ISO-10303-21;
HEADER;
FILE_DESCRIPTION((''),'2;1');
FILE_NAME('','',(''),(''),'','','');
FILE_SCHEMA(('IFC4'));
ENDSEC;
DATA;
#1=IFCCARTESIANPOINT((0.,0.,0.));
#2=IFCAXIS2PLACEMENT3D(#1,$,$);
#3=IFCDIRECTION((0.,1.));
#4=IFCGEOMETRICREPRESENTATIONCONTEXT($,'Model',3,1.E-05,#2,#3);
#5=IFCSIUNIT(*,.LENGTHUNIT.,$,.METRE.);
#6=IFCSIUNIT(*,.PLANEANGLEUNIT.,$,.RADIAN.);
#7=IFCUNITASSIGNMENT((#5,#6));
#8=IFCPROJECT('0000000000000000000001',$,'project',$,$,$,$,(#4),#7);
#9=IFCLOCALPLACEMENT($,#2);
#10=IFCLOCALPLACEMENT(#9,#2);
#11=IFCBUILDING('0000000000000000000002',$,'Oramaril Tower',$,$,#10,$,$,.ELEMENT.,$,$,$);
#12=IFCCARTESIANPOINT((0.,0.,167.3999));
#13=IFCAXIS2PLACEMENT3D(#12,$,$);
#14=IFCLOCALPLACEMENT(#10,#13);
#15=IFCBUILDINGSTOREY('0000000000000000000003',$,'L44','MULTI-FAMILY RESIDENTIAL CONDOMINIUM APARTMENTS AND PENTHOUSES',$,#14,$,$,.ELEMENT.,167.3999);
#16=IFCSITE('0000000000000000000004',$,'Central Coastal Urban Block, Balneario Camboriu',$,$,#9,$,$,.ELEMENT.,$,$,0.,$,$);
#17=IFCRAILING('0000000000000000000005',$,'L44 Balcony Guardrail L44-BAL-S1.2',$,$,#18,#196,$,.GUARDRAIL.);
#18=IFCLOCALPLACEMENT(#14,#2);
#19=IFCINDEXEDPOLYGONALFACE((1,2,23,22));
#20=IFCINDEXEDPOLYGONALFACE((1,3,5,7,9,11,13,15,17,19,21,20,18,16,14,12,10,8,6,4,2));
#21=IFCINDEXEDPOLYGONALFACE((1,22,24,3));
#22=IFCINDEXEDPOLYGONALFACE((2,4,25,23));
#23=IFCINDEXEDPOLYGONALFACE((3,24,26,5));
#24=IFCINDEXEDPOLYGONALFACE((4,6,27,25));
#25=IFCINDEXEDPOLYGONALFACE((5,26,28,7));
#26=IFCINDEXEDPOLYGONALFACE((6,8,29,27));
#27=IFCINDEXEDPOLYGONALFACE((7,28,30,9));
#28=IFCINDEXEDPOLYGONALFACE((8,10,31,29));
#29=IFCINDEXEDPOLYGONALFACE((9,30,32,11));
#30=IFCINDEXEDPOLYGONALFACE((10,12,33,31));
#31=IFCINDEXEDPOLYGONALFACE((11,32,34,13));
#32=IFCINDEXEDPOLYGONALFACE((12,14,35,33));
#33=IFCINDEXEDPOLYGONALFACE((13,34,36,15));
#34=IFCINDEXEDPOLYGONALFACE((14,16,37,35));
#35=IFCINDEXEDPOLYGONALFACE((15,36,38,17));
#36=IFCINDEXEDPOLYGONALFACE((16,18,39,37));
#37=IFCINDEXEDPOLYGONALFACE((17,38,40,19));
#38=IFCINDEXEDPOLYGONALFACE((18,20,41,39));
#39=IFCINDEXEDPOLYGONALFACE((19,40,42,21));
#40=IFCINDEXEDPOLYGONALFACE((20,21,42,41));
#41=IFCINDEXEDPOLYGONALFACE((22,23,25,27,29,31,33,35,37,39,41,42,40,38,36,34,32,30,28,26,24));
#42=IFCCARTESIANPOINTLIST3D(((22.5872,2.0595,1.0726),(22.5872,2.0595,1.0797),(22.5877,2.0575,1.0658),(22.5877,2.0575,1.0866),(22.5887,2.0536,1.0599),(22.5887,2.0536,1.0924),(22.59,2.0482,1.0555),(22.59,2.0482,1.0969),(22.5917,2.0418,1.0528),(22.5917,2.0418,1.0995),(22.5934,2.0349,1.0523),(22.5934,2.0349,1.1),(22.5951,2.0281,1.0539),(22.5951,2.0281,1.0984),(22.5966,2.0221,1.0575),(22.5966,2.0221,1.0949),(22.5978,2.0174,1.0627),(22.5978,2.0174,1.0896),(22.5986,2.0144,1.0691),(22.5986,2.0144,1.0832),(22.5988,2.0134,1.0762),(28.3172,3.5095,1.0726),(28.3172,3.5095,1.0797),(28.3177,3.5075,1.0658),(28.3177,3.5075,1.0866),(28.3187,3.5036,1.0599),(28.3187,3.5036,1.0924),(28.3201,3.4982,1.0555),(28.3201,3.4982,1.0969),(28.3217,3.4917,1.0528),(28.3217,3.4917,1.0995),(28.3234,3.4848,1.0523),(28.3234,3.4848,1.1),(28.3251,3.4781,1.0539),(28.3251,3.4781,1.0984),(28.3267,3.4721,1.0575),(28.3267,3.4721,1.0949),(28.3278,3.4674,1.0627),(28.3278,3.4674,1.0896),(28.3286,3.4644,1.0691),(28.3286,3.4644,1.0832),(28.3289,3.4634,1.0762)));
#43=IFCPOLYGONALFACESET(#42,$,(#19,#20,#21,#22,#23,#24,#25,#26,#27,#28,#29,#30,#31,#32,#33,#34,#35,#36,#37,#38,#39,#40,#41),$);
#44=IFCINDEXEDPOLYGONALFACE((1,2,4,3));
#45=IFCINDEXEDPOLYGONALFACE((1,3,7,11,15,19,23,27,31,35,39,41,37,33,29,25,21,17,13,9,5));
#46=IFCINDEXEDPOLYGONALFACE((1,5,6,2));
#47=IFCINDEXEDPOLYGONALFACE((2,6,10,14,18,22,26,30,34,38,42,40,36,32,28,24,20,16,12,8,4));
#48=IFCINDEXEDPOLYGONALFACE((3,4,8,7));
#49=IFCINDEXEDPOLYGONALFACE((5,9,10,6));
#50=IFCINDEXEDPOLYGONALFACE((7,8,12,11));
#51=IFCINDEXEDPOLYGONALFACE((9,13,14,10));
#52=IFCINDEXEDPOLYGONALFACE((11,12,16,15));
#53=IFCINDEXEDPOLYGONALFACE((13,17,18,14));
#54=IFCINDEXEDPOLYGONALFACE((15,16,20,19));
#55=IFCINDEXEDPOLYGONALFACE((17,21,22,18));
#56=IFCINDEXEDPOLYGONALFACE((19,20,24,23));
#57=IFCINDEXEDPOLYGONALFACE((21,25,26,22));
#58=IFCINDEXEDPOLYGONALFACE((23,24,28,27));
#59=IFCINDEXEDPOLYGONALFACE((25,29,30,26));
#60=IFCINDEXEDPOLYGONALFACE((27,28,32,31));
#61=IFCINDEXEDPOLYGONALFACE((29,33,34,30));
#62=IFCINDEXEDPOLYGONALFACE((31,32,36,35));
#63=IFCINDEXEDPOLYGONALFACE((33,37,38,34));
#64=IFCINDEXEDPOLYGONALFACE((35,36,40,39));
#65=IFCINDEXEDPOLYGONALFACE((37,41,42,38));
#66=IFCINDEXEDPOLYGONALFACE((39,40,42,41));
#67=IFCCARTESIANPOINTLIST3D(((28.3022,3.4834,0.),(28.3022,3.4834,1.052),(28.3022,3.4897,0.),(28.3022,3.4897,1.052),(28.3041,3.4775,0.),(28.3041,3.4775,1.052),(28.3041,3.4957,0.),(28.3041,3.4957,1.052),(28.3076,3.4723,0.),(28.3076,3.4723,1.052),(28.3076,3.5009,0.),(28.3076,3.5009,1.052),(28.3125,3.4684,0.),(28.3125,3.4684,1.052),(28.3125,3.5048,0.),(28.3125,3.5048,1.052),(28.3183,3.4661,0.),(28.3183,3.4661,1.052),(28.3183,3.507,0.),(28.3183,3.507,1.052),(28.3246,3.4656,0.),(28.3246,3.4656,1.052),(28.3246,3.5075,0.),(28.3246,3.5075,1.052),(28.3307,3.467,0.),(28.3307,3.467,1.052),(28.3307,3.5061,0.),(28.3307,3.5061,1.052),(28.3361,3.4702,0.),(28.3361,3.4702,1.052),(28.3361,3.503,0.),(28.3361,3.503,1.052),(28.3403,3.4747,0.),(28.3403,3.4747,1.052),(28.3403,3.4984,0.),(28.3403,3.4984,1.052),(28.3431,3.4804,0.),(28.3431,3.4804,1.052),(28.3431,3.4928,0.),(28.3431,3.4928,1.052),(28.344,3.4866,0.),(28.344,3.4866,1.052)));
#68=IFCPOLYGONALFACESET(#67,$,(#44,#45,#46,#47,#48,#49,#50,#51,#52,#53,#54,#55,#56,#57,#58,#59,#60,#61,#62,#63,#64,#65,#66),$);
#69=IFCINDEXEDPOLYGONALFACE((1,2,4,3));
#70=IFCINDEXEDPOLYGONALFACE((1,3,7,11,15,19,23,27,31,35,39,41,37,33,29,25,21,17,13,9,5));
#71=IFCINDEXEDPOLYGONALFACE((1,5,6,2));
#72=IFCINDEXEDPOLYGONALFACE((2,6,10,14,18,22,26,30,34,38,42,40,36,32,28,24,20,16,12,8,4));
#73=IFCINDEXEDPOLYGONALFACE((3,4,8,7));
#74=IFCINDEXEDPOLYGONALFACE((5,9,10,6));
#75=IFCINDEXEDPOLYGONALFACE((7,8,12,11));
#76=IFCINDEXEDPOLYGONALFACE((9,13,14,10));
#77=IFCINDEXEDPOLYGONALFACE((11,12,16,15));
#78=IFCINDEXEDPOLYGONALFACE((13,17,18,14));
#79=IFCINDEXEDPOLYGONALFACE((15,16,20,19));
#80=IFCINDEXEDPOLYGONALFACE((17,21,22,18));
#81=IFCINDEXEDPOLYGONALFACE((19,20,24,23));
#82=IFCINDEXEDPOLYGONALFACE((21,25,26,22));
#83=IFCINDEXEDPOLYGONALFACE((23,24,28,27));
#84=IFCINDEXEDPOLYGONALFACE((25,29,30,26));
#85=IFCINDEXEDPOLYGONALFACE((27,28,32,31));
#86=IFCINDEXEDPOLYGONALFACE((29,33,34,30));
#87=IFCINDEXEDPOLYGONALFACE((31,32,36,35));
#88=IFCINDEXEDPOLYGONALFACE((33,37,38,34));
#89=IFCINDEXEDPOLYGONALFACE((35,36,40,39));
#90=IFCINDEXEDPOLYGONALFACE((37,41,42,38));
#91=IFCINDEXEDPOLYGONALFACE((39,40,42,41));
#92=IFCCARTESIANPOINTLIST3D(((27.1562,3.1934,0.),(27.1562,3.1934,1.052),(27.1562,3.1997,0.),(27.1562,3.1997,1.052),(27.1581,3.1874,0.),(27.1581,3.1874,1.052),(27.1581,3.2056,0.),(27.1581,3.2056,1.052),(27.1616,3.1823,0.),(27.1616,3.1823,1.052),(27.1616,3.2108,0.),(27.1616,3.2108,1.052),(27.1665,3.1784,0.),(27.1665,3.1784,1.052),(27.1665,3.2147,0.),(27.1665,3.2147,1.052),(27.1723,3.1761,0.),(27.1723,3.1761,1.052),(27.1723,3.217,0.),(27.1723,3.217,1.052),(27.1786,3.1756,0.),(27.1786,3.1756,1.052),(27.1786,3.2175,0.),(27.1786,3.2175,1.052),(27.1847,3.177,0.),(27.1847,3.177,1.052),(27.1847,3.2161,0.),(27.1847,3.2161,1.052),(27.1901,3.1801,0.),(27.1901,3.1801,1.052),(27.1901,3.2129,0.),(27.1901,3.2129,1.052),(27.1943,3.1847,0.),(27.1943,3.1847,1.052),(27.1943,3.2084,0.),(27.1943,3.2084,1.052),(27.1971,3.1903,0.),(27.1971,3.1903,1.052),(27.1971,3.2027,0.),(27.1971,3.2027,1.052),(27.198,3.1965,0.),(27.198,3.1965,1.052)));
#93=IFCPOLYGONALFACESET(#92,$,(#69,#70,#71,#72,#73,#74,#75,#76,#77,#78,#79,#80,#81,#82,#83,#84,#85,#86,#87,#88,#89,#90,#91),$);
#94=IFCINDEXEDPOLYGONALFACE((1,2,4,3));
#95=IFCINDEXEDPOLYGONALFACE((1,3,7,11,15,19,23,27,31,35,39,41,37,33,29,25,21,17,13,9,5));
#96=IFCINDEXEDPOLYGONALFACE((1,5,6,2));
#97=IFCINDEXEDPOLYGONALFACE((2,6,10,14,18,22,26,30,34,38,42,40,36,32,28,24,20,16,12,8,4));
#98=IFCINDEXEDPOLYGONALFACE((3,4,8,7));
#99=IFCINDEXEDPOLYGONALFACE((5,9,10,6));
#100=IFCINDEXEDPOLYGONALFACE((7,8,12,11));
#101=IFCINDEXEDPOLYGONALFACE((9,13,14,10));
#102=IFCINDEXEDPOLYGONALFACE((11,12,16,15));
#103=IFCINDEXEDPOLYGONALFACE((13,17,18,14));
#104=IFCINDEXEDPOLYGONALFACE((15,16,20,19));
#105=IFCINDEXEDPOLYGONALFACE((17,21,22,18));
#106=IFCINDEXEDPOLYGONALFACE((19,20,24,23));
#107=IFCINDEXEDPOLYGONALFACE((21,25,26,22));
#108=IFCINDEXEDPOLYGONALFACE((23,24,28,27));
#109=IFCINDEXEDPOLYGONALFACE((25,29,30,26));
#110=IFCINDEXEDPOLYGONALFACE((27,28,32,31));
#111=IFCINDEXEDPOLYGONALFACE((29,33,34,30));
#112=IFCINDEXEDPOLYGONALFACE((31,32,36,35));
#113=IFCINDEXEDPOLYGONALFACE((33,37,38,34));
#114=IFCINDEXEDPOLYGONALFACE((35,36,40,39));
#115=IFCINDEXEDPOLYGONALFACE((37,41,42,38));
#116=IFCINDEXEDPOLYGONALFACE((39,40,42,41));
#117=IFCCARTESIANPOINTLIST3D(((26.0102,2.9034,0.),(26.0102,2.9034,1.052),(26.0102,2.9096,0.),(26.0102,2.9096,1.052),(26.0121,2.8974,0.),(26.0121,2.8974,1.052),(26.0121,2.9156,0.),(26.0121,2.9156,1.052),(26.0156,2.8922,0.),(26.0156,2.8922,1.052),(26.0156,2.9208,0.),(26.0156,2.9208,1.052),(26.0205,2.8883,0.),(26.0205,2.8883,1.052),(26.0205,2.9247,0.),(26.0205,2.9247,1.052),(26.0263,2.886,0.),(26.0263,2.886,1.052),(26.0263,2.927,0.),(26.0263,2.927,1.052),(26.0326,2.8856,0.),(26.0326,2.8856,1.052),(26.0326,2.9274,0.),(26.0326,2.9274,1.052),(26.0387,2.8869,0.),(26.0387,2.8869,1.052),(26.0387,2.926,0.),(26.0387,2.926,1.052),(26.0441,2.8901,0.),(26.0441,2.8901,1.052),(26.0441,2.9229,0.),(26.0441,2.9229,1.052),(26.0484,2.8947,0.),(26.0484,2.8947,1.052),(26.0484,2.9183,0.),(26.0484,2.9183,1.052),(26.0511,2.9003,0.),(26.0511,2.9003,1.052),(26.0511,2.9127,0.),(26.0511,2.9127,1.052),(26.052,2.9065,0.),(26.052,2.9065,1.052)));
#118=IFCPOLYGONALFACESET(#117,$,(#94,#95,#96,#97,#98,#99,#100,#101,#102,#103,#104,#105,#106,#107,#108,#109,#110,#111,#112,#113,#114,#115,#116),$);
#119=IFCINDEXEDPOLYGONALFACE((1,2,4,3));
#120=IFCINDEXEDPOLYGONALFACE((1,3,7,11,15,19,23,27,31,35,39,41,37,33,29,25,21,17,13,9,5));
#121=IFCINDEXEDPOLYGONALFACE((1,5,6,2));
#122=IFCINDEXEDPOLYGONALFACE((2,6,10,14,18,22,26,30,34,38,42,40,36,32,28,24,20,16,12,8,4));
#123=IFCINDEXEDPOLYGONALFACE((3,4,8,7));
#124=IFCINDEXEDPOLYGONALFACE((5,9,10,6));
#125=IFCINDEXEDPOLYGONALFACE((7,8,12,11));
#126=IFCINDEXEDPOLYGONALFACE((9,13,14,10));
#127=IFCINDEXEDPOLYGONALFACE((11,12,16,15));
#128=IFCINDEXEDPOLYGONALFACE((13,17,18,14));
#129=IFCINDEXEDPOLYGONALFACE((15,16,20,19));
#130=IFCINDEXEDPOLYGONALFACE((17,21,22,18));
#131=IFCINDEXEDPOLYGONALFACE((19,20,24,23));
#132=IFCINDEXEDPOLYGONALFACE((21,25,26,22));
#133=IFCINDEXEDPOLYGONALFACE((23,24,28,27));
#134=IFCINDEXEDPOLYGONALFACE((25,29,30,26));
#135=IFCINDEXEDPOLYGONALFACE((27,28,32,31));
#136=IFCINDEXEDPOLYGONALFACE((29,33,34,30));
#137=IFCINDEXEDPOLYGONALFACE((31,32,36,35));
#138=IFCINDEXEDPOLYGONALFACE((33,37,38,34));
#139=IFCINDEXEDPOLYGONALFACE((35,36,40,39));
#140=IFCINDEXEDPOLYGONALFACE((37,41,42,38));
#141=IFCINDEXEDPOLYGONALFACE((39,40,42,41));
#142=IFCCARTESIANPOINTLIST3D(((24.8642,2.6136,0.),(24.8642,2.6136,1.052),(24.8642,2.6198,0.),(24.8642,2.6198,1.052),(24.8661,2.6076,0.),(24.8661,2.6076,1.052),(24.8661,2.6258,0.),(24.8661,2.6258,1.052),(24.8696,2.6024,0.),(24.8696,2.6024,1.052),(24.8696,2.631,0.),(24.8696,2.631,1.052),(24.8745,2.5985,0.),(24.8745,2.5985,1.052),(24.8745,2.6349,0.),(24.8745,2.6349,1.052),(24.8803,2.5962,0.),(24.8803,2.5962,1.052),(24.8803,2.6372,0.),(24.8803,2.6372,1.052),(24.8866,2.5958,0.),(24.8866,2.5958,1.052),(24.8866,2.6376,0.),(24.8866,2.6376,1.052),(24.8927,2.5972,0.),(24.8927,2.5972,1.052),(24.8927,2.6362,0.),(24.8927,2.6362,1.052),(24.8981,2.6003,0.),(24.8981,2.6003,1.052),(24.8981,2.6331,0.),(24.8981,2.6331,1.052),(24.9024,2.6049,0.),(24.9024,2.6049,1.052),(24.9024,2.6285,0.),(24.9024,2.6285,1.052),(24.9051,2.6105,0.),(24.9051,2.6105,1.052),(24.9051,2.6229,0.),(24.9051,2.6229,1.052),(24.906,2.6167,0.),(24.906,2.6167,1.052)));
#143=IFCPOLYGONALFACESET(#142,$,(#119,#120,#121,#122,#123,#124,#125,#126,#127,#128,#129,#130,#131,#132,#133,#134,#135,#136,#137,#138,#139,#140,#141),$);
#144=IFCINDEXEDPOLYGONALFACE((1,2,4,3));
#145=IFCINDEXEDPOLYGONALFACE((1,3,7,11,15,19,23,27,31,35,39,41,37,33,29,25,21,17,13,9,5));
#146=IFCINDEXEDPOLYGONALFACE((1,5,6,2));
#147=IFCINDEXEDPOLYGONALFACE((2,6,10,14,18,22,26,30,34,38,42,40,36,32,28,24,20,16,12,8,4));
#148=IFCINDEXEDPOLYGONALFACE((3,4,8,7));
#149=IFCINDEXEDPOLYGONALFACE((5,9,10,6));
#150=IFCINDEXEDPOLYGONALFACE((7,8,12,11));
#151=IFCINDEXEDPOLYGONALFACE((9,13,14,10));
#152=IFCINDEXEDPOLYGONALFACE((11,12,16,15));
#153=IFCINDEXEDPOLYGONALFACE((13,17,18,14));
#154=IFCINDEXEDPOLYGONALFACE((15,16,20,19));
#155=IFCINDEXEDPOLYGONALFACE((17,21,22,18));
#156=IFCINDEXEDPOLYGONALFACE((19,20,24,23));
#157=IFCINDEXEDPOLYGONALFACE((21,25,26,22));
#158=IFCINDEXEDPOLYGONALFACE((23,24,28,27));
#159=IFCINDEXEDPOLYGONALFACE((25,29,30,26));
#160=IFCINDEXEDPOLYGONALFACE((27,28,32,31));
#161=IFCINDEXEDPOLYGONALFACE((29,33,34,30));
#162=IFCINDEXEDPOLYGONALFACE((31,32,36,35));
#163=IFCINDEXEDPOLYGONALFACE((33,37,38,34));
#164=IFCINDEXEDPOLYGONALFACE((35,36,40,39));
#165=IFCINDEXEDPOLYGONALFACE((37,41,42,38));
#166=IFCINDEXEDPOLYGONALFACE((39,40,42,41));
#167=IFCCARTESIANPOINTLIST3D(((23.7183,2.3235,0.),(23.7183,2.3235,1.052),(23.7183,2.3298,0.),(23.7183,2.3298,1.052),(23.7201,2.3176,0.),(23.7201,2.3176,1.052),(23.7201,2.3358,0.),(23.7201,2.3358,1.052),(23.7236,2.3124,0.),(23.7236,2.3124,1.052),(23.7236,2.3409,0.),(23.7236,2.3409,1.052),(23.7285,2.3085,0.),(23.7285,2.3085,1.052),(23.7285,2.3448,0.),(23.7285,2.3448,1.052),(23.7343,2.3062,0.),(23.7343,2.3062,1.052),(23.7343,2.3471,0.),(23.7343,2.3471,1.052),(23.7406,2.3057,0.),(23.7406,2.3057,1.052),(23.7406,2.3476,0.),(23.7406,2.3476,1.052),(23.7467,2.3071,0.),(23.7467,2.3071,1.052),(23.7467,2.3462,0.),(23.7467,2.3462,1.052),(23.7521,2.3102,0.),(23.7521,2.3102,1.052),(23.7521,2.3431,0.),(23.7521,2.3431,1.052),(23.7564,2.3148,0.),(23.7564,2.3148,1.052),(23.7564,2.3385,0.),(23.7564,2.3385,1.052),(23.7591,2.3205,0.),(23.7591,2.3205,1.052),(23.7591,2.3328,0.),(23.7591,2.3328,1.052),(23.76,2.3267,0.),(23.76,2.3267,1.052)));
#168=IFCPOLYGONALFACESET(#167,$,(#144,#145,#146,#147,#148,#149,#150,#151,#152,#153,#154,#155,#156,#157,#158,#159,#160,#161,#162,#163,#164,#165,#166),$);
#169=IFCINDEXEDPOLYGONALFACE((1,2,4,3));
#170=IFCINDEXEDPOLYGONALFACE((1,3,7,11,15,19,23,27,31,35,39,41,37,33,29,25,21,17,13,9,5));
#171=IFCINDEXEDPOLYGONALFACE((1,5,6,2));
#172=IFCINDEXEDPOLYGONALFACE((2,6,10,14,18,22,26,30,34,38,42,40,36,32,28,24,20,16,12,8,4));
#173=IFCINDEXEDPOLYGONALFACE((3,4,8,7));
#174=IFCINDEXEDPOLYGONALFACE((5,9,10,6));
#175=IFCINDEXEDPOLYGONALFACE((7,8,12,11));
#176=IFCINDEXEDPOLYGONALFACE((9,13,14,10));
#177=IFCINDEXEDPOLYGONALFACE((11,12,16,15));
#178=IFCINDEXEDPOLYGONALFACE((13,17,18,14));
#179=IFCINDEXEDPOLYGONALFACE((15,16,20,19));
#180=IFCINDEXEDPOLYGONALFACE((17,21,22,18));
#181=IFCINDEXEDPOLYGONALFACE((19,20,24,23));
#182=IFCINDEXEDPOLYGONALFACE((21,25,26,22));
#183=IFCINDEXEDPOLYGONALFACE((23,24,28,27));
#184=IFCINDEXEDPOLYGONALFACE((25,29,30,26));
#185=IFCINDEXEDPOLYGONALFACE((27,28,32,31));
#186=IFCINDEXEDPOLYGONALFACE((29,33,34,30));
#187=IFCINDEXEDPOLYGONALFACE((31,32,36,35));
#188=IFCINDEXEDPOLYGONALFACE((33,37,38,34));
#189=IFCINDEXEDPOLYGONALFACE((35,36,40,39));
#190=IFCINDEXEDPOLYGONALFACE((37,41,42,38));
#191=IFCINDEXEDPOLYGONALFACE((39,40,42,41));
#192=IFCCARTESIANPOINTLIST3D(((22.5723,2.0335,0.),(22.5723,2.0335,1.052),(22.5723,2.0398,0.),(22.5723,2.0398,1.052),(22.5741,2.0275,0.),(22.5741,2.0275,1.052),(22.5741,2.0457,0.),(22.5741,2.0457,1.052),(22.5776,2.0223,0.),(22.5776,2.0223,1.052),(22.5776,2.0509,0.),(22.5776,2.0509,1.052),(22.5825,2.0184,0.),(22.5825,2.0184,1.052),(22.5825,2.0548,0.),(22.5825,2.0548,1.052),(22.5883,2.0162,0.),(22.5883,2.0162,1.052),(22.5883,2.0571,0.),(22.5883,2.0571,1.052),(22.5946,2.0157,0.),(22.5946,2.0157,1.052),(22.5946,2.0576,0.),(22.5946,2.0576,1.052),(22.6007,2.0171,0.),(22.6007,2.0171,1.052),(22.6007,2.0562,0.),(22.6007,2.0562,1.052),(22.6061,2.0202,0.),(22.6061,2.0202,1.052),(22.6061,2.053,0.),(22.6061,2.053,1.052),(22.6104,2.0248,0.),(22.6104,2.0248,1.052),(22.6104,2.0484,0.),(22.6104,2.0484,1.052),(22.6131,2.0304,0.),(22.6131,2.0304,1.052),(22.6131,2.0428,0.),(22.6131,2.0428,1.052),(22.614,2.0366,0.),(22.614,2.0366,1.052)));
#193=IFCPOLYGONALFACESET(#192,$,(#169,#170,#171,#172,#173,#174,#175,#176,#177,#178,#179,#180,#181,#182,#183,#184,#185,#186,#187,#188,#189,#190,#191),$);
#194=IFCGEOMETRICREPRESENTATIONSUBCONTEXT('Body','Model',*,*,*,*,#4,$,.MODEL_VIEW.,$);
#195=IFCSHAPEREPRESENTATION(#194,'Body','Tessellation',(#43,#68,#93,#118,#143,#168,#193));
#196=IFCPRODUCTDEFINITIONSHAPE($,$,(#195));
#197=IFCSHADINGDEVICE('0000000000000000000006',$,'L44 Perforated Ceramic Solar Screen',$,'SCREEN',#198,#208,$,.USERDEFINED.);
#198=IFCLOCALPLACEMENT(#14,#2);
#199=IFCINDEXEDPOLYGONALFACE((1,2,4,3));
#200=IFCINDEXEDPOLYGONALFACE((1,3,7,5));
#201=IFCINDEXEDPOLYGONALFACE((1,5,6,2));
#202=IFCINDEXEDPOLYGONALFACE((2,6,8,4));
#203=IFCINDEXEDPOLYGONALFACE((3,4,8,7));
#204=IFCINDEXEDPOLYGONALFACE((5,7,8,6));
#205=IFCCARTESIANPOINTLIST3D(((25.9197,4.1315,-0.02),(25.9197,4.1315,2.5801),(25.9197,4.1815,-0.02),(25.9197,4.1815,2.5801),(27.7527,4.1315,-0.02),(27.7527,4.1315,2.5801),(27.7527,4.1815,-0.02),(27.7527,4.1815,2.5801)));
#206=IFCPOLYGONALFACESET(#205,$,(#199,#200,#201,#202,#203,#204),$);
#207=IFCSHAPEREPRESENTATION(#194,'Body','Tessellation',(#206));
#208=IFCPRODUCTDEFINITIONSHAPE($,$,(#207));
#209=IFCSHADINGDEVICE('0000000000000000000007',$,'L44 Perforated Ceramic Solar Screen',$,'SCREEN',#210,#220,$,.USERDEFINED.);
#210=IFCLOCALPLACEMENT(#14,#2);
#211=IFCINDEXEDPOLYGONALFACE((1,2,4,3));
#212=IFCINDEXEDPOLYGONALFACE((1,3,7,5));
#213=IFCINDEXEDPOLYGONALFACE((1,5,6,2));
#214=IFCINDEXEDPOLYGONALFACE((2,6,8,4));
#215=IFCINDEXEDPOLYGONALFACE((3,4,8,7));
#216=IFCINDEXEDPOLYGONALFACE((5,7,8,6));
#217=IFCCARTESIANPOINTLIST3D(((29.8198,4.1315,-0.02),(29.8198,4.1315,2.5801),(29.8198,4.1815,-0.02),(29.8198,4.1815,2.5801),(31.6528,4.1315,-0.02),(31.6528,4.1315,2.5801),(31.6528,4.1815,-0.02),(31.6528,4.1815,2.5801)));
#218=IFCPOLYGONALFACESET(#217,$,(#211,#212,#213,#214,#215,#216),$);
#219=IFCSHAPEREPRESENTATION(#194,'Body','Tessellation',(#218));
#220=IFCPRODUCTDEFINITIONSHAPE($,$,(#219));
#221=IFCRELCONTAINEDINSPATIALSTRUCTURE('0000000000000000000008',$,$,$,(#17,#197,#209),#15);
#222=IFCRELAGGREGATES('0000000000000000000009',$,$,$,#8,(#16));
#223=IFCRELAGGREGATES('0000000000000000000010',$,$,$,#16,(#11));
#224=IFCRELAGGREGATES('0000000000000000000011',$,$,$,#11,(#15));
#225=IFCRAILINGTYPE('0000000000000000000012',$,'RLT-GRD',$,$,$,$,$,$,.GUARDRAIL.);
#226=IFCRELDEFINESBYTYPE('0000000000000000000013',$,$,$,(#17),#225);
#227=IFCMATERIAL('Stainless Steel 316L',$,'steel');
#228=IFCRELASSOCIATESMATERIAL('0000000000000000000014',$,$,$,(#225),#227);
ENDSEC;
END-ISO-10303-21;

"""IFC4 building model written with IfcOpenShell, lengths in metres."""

from ifc_helpers import new_model, si_unit, direction, frame, origin, origin_2d, place, context, subcontext, project, spatial, rectangle, circle, extrude, material, type_object, element, save


model = new_model("IFC4")

# Units and contexts
model_context = context("Model", 3, precision=1e-05, world=origin(), true_north=direction((0.0, 1.0)))
body_context = subcontext(model_context, "Body", "Model", "MODEL_VIEW")
ifc_project = project(units=[si_unit("LENGTHUNIT", "METRE"), si_unit("PLANEANGLEUNIT", "RADIAN")], contexts=[model_context])

# Site, building, storey
site_placement = place(None, origin())
site = spatial("IfcSite", under=ifc_project, at=site_placement, Name="Central Coastal Urban Block, Balneario Camboriu", CompositionType="ELEMENT", RefElevation=0.0)
building_placement = place(site_placement, origin())
building = spatial("IfcBuilding", under=site, at=building_placement, Name="Oramaril Tower", CompositionType="ELEMENT")
storey_placement = place(building_placement, frame((0.0, 0.0, 167.3999)))
storey = spatial("IfcBuildingStorey", under=building, at=storey_placement, Name="L44", Description="MULTI-FAMILY RESIDENTIAL CONDOMINIUM APARTMENTS AND PENTHOUSES", CompositionType="ELEMENT", Elevation=167.3999)

# Railing
ifc_material_1 = material(Name="Stainless Steel 316L", Category="steel")
railing_type = type_object("IfcRailingType", Name="RLT-GRD", PredefinedType="GUARDRAIL", material=ifc_material_1)
railing_1_placement = place(storey_placement, frame((28.323, 3.4866, 0.0)))
element("IfcRailing", 1, at=railing_1_placement, inside=storey, type_object=railing_type, Name="L44 Balcony Guardrail L44-BAL-S1.2", PredefinedType="GUARDRAIL", context=body_context, shape_type="SweptSolid", body=[
    extrude(circle(Radius=0.0239, at=origin_2d()), frame((0.0, 0.0, 1.0762), z_axis=(-0.969444, -0.245314, 0.0), x_axis=(0.245314, -0.969444, 0.0)), (0.0, 0.0, 1.0), 5.9106),
    extrude(circle(Radius=0.021, at=origin_2d()), origin(), (0.0, 0.0, 1.0), 1.052),
    extrude(circle(Radius=0.021, at=origin_2d()), frame((-1.146, -0.29, 0.0)), (0.0, 0.0, 1.0), 1.052),
    extrude(circle(Radius=0.021, at=origin_2d()), frame((-2.292, -0.5801, 0.0)), (0.0, 0.0, 1.0), 1.052),
    extrude(circle(Radius=0.021, at=origin_2d()), frame((-3.438, -0.8699, 0.0)), (0.0, 0.0, 1.0), 1.052),
    extrude(circle(Radius=0.021, at=origin_2d()), frame((-4.584, -1.1599, 0.0)), (0.0, 0.0, 1.0), 1.052),
    extrude(circle(Radius=0.021, at=origin_2d()), frame((-5.73, -1.45, 0.0)), (0.0, 0.0, 1.0), 1.052),
])

# Shading devices
for number, where, z_axis, x_axis, name in (
    (2, (26.8362, 4.1565, -0.02), (0.0, 0.0, 1.0), (1.0, 0.0, 0.0), "L44 Perforated Ceramic Solar Screen"),
    (3, (30.7363, 4.1565, -0.02), (0.0, 0.0, 1.0), (1.0, 0.0, 0.0), "L44 Perforated Ceramic Solar Screen"),
):
    element("IfcShadingDevice", number, at=place(storey_placement, frame(where, z_axis=z_axis, x_axis=x_axis)), inside=storey, Name=name, ObjectType="SCREEN", PredefinedType="USERDEFINED", context=body_context, shape_type="SweptSolid", body=[
        extrude(rectangle(XDim=1.833, YDim=0.05, at=origin_2d()), origin(), (0.0, 0.0, 1.0), 2.6001),
    ])

save(model, "model.ifc")
